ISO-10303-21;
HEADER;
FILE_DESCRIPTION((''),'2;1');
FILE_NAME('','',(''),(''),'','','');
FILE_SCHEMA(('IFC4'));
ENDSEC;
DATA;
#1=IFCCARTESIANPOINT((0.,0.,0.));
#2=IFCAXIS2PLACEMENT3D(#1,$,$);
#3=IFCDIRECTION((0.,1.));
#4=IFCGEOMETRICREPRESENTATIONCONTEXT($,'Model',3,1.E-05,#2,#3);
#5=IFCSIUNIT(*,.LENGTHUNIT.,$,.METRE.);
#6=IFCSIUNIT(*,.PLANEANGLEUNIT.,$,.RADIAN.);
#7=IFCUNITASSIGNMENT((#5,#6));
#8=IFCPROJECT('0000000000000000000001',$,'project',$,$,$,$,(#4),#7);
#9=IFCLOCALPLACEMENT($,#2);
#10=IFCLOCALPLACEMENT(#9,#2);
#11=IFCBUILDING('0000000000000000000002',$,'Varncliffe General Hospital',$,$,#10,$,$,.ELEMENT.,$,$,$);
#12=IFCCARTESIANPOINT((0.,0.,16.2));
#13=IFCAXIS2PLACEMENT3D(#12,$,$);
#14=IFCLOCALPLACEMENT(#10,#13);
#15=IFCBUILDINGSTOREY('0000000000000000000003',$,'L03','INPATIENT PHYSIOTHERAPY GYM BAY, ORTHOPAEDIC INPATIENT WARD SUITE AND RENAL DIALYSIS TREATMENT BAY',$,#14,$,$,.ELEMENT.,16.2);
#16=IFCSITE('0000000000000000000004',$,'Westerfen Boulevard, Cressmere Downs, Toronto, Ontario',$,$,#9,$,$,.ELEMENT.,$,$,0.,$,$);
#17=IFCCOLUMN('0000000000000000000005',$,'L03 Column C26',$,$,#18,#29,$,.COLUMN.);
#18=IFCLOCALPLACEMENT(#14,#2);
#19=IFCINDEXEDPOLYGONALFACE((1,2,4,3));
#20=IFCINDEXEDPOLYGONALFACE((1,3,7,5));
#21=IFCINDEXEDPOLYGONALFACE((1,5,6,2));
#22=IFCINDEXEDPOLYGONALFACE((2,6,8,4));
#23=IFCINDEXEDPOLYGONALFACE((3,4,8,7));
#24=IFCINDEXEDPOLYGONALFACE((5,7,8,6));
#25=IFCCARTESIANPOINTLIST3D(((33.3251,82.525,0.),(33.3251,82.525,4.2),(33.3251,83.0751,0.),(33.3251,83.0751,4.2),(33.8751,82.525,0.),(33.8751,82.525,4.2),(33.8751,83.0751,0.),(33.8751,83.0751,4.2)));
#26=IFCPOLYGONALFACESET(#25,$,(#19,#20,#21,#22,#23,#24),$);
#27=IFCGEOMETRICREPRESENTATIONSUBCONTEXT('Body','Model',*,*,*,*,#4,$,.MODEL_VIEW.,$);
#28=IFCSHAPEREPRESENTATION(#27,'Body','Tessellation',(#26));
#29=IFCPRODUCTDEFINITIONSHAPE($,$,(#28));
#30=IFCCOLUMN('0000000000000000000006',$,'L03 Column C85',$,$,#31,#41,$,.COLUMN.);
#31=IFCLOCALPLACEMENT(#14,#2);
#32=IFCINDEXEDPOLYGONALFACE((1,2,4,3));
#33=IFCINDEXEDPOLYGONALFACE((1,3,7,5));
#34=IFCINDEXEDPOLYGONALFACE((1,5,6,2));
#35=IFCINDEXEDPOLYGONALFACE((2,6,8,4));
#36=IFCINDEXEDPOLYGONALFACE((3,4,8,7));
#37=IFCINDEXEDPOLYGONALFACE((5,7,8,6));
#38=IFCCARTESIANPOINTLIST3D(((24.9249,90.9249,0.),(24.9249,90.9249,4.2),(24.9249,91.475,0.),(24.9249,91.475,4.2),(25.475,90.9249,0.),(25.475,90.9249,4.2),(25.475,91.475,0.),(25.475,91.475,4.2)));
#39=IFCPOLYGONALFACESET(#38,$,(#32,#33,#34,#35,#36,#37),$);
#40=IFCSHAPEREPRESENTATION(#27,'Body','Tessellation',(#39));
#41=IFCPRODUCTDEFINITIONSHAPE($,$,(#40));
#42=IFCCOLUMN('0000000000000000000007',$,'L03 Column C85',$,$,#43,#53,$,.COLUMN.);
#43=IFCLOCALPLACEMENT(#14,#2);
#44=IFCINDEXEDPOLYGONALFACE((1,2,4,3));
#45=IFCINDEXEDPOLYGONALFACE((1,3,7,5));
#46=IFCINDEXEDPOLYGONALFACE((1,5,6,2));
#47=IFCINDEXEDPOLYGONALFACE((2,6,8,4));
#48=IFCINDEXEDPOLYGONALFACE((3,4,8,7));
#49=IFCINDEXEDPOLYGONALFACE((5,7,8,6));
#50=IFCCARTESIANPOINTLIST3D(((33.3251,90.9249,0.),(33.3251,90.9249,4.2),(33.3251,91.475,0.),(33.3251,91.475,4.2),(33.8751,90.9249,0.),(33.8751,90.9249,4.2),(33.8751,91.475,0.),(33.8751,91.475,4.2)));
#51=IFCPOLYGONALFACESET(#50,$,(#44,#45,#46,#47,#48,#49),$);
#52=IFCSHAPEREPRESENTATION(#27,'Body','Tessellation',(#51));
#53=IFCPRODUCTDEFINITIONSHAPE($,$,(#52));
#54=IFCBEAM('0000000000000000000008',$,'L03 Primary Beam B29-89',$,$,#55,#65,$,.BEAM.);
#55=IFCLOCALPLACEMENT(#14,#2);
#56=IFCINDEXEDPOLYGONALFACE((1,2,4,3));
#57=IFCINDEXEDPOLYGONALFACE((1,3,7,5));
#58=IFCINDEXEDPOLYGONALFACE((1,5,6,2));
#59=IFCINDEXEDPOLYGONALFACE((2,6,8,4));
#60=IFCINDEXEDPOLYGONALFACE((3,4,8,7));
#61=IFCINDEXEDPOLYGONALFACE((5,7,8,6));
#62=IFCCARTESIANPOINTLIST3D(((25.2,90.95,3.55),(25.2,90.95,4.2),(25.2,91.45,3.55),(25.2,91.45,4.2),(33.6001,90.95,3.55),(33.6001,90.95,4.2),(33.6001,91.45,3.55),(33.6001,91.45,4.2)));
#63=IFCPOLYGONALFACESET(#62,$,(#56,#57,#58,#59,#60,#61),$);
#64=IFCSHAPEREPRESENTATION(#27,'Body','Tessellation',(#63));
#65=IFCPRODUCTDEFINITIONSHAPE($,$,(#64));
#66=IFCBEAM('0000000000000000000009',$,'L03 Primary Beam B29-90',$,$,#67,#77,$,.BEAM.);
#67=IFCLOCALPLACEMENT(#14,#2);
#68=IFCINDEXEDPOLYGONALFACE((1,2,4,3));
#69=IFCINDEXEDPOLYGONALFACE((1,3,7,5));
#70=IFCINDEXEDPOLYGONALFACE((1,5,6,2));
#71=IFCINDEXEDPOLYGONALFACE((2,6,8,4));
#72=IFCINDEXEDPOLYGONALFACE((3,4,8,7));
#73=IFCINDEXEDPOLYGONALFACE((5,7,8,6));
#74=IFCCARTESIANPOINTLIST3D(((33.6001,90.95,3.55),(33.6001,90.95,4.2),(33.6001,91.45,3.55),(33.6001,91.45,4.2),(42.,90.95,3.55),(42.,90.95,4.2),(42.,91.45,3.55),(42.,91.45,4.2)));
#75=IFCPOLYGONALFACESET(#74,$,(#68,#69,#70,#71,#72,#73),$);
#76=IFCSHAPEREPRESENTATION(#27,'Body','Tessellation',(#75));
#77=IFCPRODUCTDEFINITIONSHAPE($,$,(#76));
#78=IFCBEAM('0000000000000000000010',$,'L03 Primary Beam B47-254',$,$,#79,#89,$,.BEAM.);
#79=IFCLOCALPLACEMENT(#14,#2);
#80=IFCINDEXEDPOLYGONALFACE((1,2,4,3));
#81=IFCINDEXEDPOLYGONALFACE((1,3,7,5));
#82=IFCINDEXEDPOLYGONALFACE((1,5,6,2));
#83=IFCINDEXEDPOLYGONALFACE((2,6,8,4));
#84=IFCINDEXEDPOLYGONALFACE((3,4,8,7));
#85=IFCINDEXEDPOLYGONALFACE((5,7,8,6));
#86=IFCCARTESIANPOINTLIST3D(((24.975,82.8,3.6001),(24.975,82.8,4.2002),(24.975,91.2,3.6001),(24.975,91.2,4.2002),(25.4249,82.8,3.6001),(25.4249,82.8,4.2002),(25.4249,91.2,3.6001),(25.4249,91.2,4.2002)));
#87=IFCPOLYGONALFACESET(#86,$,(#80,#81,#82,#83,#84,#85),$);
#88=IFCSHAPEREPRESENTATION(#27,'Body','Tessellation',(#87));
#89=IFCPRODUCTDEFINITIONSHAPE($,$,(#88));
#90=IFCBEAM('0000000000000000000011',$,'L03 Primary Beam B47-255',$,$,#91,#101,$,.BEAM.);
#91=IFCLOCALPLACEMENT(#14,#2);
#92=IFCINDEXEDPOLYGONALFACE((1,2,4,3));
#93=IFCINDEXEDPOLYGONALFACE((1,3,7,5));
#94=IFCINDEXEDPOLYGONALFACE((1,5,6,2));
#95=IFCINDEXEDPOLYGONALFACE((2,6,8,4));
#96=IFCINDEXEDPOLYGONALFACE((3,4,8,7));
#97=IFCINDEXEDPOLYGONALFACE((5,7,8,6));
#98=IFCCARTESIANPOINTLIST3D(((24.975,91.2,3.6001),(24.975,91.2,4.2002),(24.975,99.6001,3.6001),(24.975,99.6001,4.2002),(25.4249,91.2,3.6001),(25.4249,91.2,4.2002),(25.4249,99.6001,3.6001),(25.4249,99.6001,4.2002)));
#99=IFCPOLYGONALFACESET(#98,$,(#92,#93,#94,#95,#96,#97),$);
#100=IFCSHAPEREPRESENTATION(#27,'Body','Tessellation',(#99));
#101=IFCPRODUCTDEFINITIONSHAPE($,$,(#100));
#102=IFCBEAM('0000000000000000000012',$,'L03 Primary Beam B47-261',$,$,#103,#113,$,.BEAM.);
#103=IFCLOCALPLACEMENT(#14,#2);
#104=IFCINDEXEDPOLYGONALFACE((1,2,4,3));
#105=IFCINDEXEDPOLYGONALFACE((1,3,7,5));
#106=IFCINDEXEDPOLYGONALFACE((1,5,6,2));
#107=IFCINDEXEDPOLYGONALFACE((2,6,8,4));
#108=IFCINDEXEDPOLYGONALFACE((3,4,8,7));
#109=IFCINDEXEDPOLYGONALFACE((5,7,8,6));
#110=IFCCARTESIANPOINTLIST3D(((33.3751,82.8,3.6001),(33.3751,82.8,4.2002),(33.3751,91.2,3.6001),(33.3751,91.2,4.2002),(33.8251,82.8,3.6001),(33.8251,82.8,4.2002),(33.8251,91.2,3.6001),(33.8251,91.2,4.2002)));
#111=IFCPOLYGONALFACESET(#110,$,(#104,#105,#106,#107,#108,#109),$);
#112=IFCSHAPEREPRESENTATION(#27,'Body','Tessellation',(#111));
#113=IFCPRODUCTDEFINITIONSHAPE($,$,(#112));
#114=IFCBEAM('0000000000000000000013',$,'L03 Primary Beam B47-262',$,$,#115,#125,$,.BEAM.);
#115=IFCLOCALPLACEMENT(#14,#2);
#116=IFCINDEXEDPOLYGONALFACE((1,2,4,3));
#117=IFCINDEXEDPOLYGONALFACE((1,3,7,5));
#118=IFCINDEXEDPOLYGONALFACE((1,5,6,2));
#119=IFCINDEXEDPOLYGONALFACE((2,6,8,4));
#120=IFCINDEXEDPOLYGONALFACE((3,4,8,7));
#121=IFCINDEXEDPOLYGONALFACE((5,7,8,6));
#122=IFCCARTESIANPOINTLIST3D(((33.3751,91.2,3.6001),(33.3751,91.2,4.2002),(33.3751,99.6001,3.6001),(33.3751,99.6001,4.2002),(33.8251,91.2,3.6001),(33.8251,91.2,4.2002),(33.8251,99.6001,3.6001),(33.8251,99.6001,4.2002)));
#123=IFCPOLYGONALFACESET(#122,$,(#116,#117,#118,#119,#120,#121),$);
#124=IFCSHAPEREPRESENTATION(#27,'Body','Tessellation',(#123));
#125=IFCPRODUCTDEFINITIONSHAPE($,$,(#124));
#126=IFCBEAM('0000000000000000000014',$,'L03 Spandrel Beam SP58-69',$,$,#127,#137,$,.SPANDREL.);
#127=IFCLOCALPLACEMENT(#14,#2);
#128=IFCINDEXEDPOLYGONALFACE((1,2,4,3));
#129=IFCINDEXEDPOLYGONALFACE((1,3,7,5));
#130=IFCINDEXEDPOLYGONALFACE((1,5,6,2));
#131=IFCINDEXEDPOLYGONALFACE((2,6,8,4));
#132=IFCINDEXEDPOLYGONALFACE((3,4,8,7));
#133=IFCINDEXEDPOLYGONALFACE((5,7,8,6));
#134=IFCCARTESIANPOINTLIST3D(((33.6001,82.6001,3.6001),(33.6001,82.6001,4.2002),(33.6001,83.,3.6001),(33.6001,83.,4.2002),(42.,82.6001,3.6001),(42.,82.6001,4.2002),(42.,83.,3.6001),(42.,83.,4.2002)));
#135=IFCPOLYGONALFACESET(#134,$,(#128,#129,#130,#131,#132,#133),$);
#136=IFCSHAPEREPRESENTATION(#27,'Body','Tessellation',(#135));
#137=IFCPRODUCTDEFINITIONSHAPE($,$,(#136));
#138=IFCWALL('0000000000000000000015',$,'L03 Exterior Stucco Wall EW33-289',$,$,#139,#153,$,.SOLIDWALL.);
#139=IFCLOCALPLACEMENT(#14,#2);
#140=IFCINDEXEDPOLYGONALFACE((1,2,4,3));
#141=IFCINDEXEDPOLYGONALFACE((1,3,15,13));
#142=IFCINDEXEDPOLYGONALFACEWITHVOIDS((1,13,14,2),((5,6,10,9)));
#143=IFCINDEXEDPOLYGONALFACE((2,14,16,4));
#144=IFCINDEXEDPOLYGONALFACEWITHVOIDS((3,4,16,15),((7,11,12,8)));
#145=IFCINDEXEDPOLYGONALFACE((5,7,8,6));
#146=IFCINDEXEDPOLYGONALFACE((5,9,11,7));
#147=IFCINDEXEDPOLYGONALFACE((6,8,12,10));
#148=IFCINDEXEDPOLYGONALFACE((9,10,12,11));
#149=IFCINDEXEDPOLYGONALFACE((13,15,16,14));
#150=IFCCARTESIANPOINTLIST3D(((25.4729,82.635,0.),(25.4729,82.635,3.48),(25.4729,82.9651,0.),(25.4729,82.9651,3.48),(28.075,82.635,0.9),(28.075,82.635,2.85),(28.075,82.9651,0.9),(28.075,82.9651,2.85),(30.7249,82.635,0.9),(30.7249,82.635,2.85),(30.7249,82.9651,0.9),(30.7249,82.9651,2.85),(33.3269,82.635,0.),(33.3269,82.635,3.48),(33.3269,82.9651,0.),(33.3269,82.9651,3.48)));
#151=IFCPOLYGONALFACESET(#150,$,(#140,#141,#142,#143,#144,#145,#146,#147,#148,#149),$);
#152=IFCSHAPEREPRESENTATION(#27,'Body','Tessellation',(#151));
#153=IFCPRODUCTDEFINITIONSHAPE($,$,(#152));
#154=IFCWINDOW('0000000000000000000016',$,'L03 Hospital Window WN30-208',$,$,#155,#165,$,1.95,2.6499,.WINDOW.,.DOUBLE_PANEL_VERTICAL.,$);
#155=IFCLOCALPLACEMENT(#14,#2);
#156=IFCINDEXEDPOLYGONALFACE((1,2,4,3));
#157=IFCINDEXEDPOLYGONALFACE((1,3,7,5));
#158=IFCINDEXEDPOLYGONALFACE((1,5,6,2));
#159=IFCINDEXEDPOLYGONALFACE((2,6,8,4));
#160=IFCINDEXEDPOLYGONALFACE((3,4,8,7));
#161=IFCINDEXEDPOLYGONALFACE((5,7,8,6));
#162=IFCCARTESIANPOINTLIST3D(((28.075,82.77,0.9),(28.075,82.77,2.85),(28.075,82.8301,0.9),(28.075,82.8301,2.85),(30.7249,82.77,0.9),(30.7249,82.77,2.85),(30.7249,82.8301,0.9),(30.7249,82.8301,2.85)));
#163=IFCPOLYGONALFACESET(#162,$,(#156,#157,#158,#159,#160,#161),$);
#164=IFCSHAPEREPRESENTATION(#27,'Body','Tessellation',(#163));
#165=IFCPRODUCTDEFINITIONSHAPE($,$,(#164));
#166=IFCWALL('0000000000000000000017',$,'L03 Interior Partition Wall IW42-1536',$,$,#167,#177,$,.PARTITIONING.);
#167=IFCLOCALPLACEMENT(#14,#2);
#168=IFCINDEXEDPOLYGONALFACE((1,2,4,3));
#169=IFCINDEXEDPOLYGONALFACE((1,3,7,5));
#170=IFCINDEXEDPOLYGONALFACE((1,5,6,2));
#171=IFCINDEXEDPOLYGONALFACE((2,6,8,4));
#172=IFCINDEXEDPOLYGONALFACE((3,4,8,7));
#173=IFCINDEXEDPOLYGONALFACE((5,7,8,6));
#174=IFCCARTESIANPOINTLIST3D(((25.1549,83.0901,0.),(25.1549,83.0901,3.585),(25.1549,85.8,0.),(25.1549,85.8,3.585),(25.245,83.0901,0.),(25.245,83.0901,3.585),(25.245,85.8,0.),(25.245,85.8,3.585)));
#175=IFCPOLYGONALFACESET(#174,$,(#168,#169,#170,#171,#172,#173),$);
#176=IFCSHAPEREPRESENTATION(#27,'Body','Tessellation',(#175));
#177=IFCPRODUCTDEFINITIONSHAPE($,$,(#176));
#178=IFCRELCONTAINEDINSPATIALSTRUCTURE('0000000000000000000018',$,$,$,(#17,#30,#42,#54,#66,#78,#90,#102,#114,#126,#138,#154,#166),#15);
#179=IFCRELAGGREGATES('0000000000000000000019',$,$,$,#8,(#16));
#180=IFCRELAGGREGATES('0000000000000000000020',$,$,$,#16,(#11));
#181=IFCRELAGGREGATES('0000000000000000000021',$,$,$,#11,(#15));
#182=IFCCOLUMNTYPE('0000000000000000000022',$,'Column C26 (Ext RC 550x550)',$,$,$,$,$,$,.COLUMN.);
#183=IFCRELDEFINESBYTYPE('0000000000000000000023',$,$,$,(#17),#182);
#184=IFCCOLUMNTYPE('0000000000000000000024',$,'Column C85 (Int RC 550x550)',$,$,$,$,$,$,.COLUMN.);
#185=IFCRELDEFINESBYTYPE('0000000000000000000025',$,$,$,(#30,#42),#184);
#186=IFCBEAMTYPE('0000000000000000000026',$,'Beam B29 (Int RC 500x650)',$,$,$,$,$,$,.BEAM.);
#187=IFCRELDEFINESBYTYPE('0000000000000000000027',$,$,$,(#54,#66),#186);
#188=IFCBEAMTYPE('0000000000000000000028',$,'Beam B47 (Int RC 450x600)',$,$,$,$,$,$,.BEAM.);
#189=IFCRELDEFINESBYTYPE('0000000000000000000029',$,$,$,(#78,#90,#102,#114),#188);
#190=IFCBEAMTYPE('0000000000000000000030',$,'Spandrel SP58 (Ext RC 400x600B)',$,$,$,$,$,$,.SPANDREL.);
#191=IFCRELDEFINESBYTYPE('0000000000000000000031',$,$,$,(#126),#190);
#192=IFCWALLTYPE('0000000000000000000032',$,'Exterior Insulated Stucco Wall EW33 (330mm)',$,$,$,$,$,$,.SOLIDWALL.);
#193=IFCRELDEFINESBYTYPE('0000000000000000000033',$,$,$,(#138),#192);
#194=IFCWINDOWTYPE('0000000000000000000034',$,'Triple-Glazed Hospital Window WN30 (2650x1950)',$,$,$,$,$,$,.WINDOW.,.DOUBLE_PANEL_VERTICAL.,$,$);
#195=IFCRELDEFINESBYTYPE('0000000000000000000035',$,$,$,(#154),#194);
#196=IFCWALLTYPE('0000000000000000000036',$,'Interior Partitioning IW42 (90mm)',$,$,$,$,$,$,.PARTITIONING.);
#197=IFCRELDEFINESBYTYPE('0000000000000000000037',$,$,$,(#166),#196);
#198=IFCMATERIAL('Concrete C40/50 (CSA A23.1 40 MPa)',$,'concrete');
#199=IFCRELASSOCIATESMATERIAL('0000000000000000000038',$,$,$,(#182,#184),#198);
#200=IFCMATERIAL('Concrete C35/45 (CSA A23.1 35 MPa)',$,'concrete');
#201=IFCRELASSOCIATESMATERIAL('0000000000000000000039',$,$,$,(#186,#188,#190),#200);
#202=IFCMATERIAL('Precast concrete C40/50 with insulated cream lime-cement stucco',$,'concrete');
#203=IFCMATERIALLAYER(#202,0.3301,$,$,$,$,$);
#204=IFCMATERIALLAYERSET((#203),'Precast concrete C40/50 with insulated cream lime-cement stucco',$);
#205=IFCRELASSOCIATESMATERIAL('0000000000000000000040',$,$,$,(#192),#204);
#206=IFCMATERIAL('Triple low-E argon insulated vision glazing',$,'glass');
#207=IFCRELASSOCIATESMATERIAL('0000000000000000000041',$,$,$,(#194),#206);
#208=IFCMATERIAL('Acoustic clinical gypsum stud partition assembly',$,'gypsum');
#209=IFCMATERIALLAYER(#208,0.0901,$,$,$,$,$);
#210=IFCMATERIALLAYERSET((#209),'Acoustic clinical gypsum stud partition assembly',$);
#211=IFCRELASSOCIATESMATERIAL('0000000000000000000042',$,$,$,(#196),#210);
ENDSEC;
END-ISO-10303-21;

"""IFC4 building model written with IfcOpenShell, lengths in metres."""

from ifc_helpers import new_model, si_unit, direction, frame, frame_2d, origin, origin_2d, place, context, subcontext, project, spatial, rectangle, extrude, material, layer, layer_set, material_profile, profile_set, type_object, element, fill, save


model = new_model("IFC4")

# Units and contexts
model_context = context("Model", 3, precision=1e-05, world=origin(), true_north=direction((0.0, 1.0)))
body_context = subcontext(model_context, "Body", "Model", "MODEL_VIEW")
ifc_project = project(units=[si_unit("LENGTHUNIT", "METRE"), si_unit("PLANEANGLEUNIT", "RADIAN")], contexts=[model_context])

# Site, building, storey
site_placement = place(None, origin())
site = spatial("IfcSite", under=ifc_project, at=site_placement, Name="Westerfen Boulevard, Cressmere Downs, Toronto, Ontario", CompositionType="ELEMENT", RefElevation=0.0)
building_placement = place(site_placement, origin())
building = spatial("IfcBuilding", under=site, at=building_placement, Name="Varncliffe General Hospital", CompositionType="ELEMENT")
storey_placement = place(building_placement, frame((0.0, 0.0, 16.2)))
storey = spatial("IfcBuildingStorey", under=building, at=storey_placement, Name="L03", Description="INPATIENT PHYSIOTHERAPY GYM BAY, ORTHOPAEDIC INPATIENT WARD SUITE AND RENAL DIALYSIS TREATMENT BAY", CompositionType="ELEMENT", Elevation=16.2)

# Columns
ifc_material_1 = material(Name="Concrete C40/50 (CSA A23.1 40 MPa)", Category="concrete")
ifc_material_profile_1 = material_profile(ifc_material_1, rectangle(XDim=0.55, YDim=0.55, at=origin_2d()), Name="RC 550x550")
ifc_profile_set_1 = profile_set([ifc_material_profile_1], Name="Concrete C40/50 (CSA A23.1 40 MPa)")
column_type_1 = type_object("IfcColumnType", Name="Column C26 (Ext RC 550x550)", PredefinedType="COLUMN", material=ifc_profile_set_1)
column_placement = place(storey_placement, frame((33.6001, 82.8, 0.0), z_axis=(0.0, 0.0, 1.0), x_axis=(1.0, 0.0, 0.0)))
element("IfcColumn", 1, at=column_placement, inside=storey, type_object=column_type_1, Name="L03 Column C26", PredefinedType="COLUMN", context=body_context, shape_type="SweptSolid", body=[
    extrude(rectangle(XDim=0.55, YDim=0.55, at=origin_2d()), origin(), (0.0, 0.0, 1.0), 4.2),
])
ifc_material_profile_2 = material_profile(ifc_material_1, rectangle(XDim=0.55, YDim=0.55, at=origin_2d()), Name="RC 550x550")
ifc_profile_set_2 = profile_set([ifc_material_profile_2], Name="Concrete C40/50 (CSA A23.1 40 MPa)")
column_type_2 = type_object("IfcColumnType", Name="Column C85 (Int RC 550x550)", PredefinedType="COLUMN", material=ifc_profile_set_2)
for number, where, z_axis, x_axis, name in (
    (2, (25.2, 91.2, 0.0), (0.0, 0.0, 1.0), (1.0, 0.0, 0.0), "L03 Column C85"),
    (3, (33.6001, 91.2, 0.0), (0.0, 0.0, 1.0), (1.0, 0.0, 0.0), "L03 Column C85"),
):
    element("IfcColumn", number, at=place(storey_placement, frame(where, z_axis=z_axis, x_axis=x_axis)), inside=storey, type_object=column_type_2, Name=name, PredefinedType="COLUMN", context=body_context, shape_type="SweptSolid", body=[
        extrude(rectangle(XDim=0.55, YDim=0.55, at=origin_2d()), origin(), (0.0, 0.0, 1.0), 4.2),
    ])

# Beams
ifc_material_2 = material(Name="Concrete C35/45 (CSA A23.1 35 MPa)", Category="concrete")
ifc_material_profile_3 = material_profile(ifc_material_2, rectangle(XDim=0.5, YDim=0.6499, at=origin_2d()), Name="RC 500x650")
ifc_profile_set_3 = profile_set([ifc_material_profile_3], Name="Concrete C35/45 (CSA A23.1 35 MPa)")
beam_type_1 = type_object("IfcBeamType", Name="Beam B29 (Int RC 500x650)", PredefinedType="BEAM", material=ifc_profile_set_3)
beam_1_placement = place(storey_placement, frame((25.2, 91.2, 3.875), z_axis=(1.0, 0.0, 0.0), x_axis=(0.0, 1.0, 0.0)))
element("IfcBeam", 4, at=beam_1_placement, inside=storey, type_object=beam_type_1, Name="L03 Primary Beam B29-89", PredefinedType="BEAM", context=body_context, shape_type="SweptSolid", body=[
    extrude(rectangle(XDim=0.5, YDim=0.6499, at=origin_2d()), origin(), (0.0, 0.0, 1.0), 8.4001),
])
beam_2_placement = place(storey_placement, frame((33.6001, 91.2, 3.875), z_axis=(1.0, 0.0, 0.0), x_axis=(0.0, 1.0, 0.0)))
element("IfcBeam", 5, at=beam_2_placement, inside=storey, type_object=beam_type_1, Name="L03 Primary Beam B29-90", PredefinedType="BEAM", context=body_context, shape_type="SweptSolid", body=[
    extrude(rectangle(XDim=0.5, YDim=0.6499, at=origin_2d()), origin(), (0.0, 0.0, 1.0), 8.3999),
])
ifc_material_profile_4 = material_profile(ifc_material_2, rectangle(XDim=0.45, YDim=0.6001, at=origin_2d()), Name="RC 450x600")
ifc_profile_set_4 = profile_set([ifc_material_profile_4], Name="Concrete C35/45 (CSA A23.1 35 MPa)")
beam_type_2 = type_object("IfcBeamType", Name="Beam B47 (Int RC 450x600)", PredefinedType="BEAM", material=ifc_profile_set_4)
beam_3_placement = place(storey_placement, frame((25.2, 82.8, 3.9001), z_axis=(0.0, 1.0, 0.0), x_axis=(-1.0, 0.0, 0.0)))
element("IfcBeam", 6, at=beam_3_placement, inside=storey, type_object=beam_type_2, Name="L03 Primary Beam B47-254", PredefinedType="BEAM", context=body_context, shape_type="SweptSolid", body=[
    extrude(rectangle(XDim=0.45, YDim=0.6001, at=origin_2d()), origin(), (0.0, 0.0, 1.0), 8.3999),
])
beam_4_placement = place(storey_placement, frame((25.2, 91.2, 3.9001), z_axis=(0.0, 1.0, 0.0), x_axis=(-1.0, 0.0, 0.0)))
element("IfcBeam", 7, at=beam_4_placement, inside=storey, type_object=beam_type_2, Name="L03 Primary Beam B47-255", PredefinedType="BEAM", context=body_context, shape_type="SweptSolid", body=[
    extrude(rectangle(XDim=0.45, YDim=0.6001, at=origin_2d()), origin(), (0.0, 0.0, 1.0), 8.4001),
])
beam_5_placement = place(storey_placement, frame((33.6001, 82.8, 3.9001), z_axis=(0.0, 1.0, 0.0), x_axis=(-1.0, 0.0, 0.0)))
element("IfcBeam", 8, at=beam_5_placement, inside=storey, type_object=beam_type_2, Name="L03 Primary Beam B47-261", PredefinedType="BEAM", context=body_context, shape_type="SweptSolid", body=[
    extrude(rectangle(XDim=0.45, YDim=0.6001, at=origin_2d()), origin(), (0.0, 0.0, 1.0), 8.3999),
])
beam_6_placement = place(storey_placement, frame((33.6001, 91.2, 3.9001), z_axis=(0.0, 1.0, 0.0), x_axis=(-1.0, 0.0, 0.0)))
element("IfcBeam", 9, at=beam_6_placement, inside=storey, type_object=beam_type_2, Name="L03 Primary Beam B47-262", PredefinedType="BEAM", context=body_context, shape_type="SweptSolid", body=[
    extrude(rectangle(XDim=0.45, YDim=0.6001, at=origin_2d()), origin(), (0.0, 0.0, 1.0), 8.4001),
])
ifc_material_profile_5 = material_profile(ifc_material_2, rectangle(XDim=0.3999, YDim=0.6001, at=origin_2d()), Name="RC 400x600")
ifc_profile_set_5 = profile_set([ifc_material_profile_5], Name="Concrete C35/45 (CSA A23.1 35 MPa)")
beam_type_3 = type_object("IfcBeamType", Name="Spandrel SP58 (Ext RC 400x600B)", PredefinedType="SPANDREL", material=ifc_profile_set_5)
beam_7_placement = place(storey_placement, frame((33.6001, 82.8, 3.9001), z_axis=(1.0, 0.0, 0.0), x_axis=(0.0, 1.0, 0.0)))
element("IfcBeam", 10, at=beam_7_placement, inside=storey, type_object=beam_type_3, Name="L03 Spandrel Beam SP58-69", PredefinedType="SPANDREL", context=body_context, shape_type="SweptSolid", body=[
    extrude(rectangle(XDim=0.3999, YDim=0.6001, at=origin_2d()), origin(), (0.0, 0.0, 1.0), 8.3999),
])

# Wall, opening, window
ifc_material_3 = material(Name="Precast concrete C40/50 with insulated cream lime-cement stucco", Category="concrete")
ifc_layer_1 = layer(ifc_material_3, 0.3301)
ifc_layer_set_1 = layer_set([ifc_layer_1], Name="Precast concrete C40/50 with insulated cream lime-cement stucco")
wall_type_1 = type_object("IfcWallType", Name="Exterior Insulated Stucco Wall EW33 (330mm)", PredefinedType="SOLIDWALL", material=ifc_layer_set_1)
wall_1_placement = place(storey_placement, frame((33.3269, 82.8, 0.0), z_axis=(0.0, 0.0, 1.0), x_axis=(-1.0, 0.0, 0.0)))
wall_1 = element("IfcWall", 11, at=wall_1_placement, inside=storey, type_object=wall_type_1, Name="L03 Exterior Stucco Wall EW33-289", PredefinedType="SOLIDWALL", context=body_context, shape_type="SweptSolid", body=[
    extrude(rectangle(XDim=7.854, YDim=0.3301, at=frame_2d((3.927, 0.0))), origin(), (0.0, 0.0, 1.0), 3.48),
])
opening_1_placement = place(wall_1_placement, frame((2.6021, 0.0, 0.8999)))
opening_1 = element("IfcOpeningElement", 12, at=opening_1_placement, cuts=wall_1, PredefinedType="OPENING", context=body_context, shape_type="SweptSolid", body=[
    extrude(rectangle(XDim=2.6499, YDim=1.95, at=frame_2d((1.325, 0.9751))), frame((0.0, 0.175, 0.0), z_axis=(0.0, -1.0, 0.0), x_axis=(1.0, 0.0, 0.0)), (0.0, 0.0, 1.0), 0.3501),
])
ifc_material_4 = material(Name="Triple low-E argon insulated vision glazing", Category="glass")
window_type = type_object("IfcWindowType", Name="Triple-Glazed Hospital Window WN30 (2650x1950)", PartitioningType="DOUBLE_PANEL_VERTICAL", PredefinedType="WINDOW", material=ifc_material_4)
window_placement = place(opening_1_placement, origin())
window = element("IfcWindow", 13, at=window_placement, inside=storey, type_object=window_type, Name="L03 Hospital Window WN30-208", OverallHeight=1.95, OverallWidth=2.6499, PartitioningType="DOUBLE_PANEL_VERTICAL", PredefinedType="WINDOW", context=body_context, shape_type="SweptSolid", body=[
    extrude(rectangle(XDim=2.6499, YDim=1.95, at=frame_2d((1.325, 0.9751))), frame((0.0, 0.03, 0.0), z_axis=(0.0, -1.0, 0.0), x_axis=(1.0, 0.0, 0.0)), (0.0, 0.0, 1.0), 0.0601),
])
fill(opening_1, window)

# Wall
ifc_material_5 = material(Name="Acoustic clinical gypsum stud partition assembly", Category="gypsum")
ifc_layer_2 = layer(ifc_material_5, 0.0901)
ifc_layer_set_2 = layer_set([ifc_layer_2], Name="Acoustic clinical gypsum stud partition assembly")
wall_type_2 = type_object("IfcWallType", Name="Interior Partitioning IW42 (90mm)", PredefinedType="PARTITIONING", material=ifc_layer_set_2)
for number, where, z_axis, x_axis, name in (
    (14, (25.2, 83.0901, 0.0), (0.0, 0.0, 1.0), (0.0, 1.0, 0.0), "L03 Interior Partition Wall IW42-1536"),
):
    element("IfcWall", number, at=place(storey_placement, frame(where, z_axis=z_axis, x_axis=x_axis)), inside=storey, type_object=wall_type_2, Name=name, PredefinedType="PARTITIONING", context=body_context, shape_type="SweptSolid", body=[
        extrude(rectangle(XDim=2.71, YDim=0.0901, at=frame_2d((1.355, 0.0))), origin(), (0.0, 0.0, 1.0), 3.585),
    ])

save(model, "model.ifc")
